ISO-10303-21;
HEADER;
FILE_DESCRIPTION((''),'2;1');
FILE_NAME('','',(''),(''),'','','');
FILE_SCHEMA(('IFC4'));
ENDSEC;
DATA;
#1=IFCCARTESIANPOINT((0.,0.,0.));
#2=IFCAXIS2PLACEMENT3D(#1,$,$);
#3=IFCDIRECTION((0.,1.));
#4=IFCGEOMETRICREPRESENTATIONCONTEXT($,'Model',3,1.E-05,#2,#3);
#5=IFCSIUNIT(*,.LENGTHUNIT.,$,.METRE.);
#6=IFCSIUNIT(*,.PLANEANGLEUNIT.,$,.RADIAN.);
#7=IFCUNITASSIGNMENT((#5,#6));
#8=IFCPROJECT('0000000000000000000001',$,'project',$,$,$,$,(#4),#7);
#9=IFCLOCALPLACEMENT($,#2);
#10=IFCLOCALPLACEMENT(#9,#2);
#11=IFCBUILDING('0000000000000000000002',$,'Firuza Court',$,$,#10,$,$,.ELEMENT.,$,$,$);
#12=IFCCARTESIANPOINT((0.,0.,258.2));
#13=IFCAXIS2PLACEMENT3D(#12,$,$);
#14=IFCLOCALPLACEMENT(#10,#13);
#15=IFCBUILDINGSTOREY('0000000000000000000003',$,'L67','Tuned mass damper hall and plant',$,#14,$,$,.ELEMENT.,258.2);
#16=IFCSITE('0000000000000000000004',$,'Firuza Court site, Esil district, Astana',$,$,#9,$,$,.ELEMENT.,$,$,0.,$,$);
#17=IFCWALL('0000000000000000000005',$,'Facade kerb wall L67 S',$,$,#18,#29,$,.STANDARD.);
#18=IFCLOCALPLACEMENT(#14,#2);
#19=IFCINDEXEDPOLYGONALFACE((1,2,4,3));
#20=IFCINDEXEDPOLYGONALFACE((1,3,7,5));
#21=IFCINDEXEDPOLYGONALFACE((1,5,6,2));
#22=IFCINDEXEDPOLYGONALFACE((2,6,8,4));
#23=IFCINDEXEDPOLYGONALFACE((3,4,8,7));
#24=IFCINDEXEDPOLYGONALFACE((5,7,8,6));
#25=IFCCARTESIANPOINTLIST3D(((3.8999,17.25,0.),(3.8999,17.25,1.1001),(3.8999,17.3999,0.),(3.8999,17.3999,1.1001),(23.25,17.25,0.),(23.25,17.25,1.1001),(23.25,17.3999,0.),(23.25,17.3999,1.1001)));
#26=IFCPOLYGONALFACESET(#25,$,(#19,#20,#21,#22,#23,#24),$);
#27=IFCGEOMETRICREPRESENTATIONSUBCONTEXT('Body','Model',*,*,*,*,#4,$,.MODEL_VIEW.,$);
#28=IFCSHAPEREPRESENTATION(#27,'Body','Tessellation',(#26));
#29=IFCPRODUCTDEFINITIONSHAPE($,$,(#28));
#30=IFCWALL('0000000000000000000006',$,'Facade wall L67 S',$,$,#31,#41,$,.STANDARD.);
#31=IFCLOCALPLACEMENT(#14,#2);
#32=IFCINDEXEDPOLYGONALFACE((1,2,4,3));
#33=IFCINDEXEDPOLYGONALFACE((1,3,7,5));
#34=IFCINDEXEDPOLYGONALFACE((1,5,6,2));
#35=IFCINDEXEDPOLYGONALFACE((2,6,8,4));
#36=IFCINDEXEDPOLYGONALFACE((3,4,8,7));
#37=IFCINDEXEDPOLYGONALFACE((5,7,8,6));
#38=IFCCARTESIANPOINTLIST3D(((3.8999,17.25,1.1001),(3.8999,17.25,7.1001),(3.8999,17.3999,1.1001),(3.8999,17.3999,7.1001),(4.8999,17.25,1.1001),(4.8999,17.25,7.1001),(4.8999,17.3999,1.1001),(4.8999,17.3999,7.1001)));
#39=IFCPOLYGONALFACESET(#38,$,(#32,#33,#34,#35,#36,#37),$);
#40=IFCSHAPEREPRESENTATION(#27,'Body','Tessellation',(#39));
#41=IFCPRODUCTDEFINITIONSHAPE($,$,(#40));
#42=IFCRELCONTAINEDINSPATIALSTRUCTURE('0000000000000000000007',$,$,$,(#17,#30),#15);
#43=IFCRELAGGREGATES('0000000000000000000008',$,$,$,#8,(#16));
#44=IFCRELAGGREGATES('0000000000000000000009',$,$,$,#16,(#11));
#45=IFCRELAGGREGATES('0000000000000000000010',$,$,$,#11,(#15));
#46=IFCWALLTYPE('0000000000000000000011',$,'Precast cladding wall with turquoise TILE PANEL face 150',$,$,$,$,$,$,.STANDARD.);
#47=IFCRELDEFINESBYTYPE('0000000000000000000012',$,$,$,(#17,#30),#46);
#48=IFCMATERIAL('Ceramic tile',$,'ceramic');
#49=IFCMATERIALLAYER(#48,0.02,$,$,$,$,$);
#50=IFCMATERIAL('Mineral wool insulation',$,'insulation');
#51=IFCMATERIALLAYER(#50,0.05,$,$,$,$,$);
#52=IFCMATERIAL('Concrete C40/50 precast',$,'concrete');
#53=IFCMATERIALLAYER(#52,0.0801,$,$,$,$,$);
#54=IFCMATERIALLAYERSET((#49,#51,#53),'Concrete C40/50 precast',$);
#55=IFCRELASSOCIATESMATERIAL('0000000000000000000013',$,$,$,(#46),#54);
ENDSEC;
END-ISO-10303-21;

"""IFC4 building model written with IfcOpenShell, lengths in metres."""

from ifc_helpers import new_model, si_unit, direction, frame, frame_2d, origin, place, context, subcontext, project, spatial, rectangle, extrude, material, layer, layer_set, type_object, element, save


model = new_model("IFC4")

# Units and contexts
model_context = context("Model", 3, precision=1e-05, world=origin(), true_north=direction((0.0, 1.0)))
body_context = subcontext(model_context, "Body", "Model", "MODEL_VIEW")
ifc_project = project(units=[si_unit("LENGTHUNIT", "METRE"), si_unit("PLANEANGLEUNIT", "RADIAN")], contexts=[model_context])

# Site, building, storey
site_placement = place(None, origin())
site = spatial("IfcSite", under=ifc_project, at=site_placement, Name="Firuza Court site, Esil district, Astana", CompositionType="ELEMENT", RefElevation=0.0)
building_placement = place(site_placement, origin())
building = spatial("IfcBuilding", under=site, at=building_placement, Name="Firuza Court", CompositionType="ELEMENT")
storey_placement = place(building_placement, frame((0.0, 0.0, 258.2)))
storey = spatial("IfcBuildingStorey", under=building, at=storey_placement, Name="L67", Description="Tuned mass damper hall and plant", CompositionType="ELEMENT", Elevation=258.2)

# Shared definitions
ifc_material_1 = material(Name="Concrete C40/50 precast", Category="concrete")

# Walls
ifc_material_2 = material(Name="Ceramic tile", Category="ceramic")
ifc_layer_1 = layer(ifc_material_2, 0.02)
ifc_material_3 = material(Name="Mineral wool insulation", Category="insulation")
ifc_layer_2 = layer(ifc_material_3, 0.05)
ifc_layer_3 = layer(ifc_material_1, 0.0801)
ifc_layer_set_1 = layer_set([ifc_layer_1, ifc_layer_2, ifc_layer_3], Name="Concrete C40/50 precast")
wall_type = type_object("IfcWallType", Name="Precast cladding wall with turquoise TILE PANEL face 150", PredefinedType="STANDARD", material=ifc_layer_set_1)
wall_1_placement = place(storey_placement, frame((3.8999, 17.325, 0.0), z_axis=(0.0, 0.0, 1.0), x_axis=(1.0, 0.0, 0.0)))
element("IfcWall", 1, at=wall_1_placement, inside=storey, type_object=wall_type, Name="Facade kerb wall L67 S", PredefinedType="STANDARD", context=body_context, shape_type="SweptSolid", body=[
    extrude(rectangle(XDim=19.3501, YDim=0.1499, at=frame_2d((9.675, 0.0))), origin(), (0.0, 0.0, 1.0), 1.1001),
])
wall_2_placement = place(storey_placement, frame((3.8999, 17.325, 1.1001), z_axis=(0.0, 0.0, 1.0), x_axis=(1.0, 0.0, 0.0)))
element("IfcWall", 2, at=wall_2_placement, inside=storey, type_object=wall_type, Name="Facade wall L67 S", PredefinedType="STANDARD", context=body_context, shape_type="SweptSolid", body=[
    extrude(rectangle(XDim=1.0, YDim=0.1499, at=frame_2d((0.5, 0.0))), origin(), (0.0, 0.0, 1.0), 6.0),
])

save(model, "model.ifc")
